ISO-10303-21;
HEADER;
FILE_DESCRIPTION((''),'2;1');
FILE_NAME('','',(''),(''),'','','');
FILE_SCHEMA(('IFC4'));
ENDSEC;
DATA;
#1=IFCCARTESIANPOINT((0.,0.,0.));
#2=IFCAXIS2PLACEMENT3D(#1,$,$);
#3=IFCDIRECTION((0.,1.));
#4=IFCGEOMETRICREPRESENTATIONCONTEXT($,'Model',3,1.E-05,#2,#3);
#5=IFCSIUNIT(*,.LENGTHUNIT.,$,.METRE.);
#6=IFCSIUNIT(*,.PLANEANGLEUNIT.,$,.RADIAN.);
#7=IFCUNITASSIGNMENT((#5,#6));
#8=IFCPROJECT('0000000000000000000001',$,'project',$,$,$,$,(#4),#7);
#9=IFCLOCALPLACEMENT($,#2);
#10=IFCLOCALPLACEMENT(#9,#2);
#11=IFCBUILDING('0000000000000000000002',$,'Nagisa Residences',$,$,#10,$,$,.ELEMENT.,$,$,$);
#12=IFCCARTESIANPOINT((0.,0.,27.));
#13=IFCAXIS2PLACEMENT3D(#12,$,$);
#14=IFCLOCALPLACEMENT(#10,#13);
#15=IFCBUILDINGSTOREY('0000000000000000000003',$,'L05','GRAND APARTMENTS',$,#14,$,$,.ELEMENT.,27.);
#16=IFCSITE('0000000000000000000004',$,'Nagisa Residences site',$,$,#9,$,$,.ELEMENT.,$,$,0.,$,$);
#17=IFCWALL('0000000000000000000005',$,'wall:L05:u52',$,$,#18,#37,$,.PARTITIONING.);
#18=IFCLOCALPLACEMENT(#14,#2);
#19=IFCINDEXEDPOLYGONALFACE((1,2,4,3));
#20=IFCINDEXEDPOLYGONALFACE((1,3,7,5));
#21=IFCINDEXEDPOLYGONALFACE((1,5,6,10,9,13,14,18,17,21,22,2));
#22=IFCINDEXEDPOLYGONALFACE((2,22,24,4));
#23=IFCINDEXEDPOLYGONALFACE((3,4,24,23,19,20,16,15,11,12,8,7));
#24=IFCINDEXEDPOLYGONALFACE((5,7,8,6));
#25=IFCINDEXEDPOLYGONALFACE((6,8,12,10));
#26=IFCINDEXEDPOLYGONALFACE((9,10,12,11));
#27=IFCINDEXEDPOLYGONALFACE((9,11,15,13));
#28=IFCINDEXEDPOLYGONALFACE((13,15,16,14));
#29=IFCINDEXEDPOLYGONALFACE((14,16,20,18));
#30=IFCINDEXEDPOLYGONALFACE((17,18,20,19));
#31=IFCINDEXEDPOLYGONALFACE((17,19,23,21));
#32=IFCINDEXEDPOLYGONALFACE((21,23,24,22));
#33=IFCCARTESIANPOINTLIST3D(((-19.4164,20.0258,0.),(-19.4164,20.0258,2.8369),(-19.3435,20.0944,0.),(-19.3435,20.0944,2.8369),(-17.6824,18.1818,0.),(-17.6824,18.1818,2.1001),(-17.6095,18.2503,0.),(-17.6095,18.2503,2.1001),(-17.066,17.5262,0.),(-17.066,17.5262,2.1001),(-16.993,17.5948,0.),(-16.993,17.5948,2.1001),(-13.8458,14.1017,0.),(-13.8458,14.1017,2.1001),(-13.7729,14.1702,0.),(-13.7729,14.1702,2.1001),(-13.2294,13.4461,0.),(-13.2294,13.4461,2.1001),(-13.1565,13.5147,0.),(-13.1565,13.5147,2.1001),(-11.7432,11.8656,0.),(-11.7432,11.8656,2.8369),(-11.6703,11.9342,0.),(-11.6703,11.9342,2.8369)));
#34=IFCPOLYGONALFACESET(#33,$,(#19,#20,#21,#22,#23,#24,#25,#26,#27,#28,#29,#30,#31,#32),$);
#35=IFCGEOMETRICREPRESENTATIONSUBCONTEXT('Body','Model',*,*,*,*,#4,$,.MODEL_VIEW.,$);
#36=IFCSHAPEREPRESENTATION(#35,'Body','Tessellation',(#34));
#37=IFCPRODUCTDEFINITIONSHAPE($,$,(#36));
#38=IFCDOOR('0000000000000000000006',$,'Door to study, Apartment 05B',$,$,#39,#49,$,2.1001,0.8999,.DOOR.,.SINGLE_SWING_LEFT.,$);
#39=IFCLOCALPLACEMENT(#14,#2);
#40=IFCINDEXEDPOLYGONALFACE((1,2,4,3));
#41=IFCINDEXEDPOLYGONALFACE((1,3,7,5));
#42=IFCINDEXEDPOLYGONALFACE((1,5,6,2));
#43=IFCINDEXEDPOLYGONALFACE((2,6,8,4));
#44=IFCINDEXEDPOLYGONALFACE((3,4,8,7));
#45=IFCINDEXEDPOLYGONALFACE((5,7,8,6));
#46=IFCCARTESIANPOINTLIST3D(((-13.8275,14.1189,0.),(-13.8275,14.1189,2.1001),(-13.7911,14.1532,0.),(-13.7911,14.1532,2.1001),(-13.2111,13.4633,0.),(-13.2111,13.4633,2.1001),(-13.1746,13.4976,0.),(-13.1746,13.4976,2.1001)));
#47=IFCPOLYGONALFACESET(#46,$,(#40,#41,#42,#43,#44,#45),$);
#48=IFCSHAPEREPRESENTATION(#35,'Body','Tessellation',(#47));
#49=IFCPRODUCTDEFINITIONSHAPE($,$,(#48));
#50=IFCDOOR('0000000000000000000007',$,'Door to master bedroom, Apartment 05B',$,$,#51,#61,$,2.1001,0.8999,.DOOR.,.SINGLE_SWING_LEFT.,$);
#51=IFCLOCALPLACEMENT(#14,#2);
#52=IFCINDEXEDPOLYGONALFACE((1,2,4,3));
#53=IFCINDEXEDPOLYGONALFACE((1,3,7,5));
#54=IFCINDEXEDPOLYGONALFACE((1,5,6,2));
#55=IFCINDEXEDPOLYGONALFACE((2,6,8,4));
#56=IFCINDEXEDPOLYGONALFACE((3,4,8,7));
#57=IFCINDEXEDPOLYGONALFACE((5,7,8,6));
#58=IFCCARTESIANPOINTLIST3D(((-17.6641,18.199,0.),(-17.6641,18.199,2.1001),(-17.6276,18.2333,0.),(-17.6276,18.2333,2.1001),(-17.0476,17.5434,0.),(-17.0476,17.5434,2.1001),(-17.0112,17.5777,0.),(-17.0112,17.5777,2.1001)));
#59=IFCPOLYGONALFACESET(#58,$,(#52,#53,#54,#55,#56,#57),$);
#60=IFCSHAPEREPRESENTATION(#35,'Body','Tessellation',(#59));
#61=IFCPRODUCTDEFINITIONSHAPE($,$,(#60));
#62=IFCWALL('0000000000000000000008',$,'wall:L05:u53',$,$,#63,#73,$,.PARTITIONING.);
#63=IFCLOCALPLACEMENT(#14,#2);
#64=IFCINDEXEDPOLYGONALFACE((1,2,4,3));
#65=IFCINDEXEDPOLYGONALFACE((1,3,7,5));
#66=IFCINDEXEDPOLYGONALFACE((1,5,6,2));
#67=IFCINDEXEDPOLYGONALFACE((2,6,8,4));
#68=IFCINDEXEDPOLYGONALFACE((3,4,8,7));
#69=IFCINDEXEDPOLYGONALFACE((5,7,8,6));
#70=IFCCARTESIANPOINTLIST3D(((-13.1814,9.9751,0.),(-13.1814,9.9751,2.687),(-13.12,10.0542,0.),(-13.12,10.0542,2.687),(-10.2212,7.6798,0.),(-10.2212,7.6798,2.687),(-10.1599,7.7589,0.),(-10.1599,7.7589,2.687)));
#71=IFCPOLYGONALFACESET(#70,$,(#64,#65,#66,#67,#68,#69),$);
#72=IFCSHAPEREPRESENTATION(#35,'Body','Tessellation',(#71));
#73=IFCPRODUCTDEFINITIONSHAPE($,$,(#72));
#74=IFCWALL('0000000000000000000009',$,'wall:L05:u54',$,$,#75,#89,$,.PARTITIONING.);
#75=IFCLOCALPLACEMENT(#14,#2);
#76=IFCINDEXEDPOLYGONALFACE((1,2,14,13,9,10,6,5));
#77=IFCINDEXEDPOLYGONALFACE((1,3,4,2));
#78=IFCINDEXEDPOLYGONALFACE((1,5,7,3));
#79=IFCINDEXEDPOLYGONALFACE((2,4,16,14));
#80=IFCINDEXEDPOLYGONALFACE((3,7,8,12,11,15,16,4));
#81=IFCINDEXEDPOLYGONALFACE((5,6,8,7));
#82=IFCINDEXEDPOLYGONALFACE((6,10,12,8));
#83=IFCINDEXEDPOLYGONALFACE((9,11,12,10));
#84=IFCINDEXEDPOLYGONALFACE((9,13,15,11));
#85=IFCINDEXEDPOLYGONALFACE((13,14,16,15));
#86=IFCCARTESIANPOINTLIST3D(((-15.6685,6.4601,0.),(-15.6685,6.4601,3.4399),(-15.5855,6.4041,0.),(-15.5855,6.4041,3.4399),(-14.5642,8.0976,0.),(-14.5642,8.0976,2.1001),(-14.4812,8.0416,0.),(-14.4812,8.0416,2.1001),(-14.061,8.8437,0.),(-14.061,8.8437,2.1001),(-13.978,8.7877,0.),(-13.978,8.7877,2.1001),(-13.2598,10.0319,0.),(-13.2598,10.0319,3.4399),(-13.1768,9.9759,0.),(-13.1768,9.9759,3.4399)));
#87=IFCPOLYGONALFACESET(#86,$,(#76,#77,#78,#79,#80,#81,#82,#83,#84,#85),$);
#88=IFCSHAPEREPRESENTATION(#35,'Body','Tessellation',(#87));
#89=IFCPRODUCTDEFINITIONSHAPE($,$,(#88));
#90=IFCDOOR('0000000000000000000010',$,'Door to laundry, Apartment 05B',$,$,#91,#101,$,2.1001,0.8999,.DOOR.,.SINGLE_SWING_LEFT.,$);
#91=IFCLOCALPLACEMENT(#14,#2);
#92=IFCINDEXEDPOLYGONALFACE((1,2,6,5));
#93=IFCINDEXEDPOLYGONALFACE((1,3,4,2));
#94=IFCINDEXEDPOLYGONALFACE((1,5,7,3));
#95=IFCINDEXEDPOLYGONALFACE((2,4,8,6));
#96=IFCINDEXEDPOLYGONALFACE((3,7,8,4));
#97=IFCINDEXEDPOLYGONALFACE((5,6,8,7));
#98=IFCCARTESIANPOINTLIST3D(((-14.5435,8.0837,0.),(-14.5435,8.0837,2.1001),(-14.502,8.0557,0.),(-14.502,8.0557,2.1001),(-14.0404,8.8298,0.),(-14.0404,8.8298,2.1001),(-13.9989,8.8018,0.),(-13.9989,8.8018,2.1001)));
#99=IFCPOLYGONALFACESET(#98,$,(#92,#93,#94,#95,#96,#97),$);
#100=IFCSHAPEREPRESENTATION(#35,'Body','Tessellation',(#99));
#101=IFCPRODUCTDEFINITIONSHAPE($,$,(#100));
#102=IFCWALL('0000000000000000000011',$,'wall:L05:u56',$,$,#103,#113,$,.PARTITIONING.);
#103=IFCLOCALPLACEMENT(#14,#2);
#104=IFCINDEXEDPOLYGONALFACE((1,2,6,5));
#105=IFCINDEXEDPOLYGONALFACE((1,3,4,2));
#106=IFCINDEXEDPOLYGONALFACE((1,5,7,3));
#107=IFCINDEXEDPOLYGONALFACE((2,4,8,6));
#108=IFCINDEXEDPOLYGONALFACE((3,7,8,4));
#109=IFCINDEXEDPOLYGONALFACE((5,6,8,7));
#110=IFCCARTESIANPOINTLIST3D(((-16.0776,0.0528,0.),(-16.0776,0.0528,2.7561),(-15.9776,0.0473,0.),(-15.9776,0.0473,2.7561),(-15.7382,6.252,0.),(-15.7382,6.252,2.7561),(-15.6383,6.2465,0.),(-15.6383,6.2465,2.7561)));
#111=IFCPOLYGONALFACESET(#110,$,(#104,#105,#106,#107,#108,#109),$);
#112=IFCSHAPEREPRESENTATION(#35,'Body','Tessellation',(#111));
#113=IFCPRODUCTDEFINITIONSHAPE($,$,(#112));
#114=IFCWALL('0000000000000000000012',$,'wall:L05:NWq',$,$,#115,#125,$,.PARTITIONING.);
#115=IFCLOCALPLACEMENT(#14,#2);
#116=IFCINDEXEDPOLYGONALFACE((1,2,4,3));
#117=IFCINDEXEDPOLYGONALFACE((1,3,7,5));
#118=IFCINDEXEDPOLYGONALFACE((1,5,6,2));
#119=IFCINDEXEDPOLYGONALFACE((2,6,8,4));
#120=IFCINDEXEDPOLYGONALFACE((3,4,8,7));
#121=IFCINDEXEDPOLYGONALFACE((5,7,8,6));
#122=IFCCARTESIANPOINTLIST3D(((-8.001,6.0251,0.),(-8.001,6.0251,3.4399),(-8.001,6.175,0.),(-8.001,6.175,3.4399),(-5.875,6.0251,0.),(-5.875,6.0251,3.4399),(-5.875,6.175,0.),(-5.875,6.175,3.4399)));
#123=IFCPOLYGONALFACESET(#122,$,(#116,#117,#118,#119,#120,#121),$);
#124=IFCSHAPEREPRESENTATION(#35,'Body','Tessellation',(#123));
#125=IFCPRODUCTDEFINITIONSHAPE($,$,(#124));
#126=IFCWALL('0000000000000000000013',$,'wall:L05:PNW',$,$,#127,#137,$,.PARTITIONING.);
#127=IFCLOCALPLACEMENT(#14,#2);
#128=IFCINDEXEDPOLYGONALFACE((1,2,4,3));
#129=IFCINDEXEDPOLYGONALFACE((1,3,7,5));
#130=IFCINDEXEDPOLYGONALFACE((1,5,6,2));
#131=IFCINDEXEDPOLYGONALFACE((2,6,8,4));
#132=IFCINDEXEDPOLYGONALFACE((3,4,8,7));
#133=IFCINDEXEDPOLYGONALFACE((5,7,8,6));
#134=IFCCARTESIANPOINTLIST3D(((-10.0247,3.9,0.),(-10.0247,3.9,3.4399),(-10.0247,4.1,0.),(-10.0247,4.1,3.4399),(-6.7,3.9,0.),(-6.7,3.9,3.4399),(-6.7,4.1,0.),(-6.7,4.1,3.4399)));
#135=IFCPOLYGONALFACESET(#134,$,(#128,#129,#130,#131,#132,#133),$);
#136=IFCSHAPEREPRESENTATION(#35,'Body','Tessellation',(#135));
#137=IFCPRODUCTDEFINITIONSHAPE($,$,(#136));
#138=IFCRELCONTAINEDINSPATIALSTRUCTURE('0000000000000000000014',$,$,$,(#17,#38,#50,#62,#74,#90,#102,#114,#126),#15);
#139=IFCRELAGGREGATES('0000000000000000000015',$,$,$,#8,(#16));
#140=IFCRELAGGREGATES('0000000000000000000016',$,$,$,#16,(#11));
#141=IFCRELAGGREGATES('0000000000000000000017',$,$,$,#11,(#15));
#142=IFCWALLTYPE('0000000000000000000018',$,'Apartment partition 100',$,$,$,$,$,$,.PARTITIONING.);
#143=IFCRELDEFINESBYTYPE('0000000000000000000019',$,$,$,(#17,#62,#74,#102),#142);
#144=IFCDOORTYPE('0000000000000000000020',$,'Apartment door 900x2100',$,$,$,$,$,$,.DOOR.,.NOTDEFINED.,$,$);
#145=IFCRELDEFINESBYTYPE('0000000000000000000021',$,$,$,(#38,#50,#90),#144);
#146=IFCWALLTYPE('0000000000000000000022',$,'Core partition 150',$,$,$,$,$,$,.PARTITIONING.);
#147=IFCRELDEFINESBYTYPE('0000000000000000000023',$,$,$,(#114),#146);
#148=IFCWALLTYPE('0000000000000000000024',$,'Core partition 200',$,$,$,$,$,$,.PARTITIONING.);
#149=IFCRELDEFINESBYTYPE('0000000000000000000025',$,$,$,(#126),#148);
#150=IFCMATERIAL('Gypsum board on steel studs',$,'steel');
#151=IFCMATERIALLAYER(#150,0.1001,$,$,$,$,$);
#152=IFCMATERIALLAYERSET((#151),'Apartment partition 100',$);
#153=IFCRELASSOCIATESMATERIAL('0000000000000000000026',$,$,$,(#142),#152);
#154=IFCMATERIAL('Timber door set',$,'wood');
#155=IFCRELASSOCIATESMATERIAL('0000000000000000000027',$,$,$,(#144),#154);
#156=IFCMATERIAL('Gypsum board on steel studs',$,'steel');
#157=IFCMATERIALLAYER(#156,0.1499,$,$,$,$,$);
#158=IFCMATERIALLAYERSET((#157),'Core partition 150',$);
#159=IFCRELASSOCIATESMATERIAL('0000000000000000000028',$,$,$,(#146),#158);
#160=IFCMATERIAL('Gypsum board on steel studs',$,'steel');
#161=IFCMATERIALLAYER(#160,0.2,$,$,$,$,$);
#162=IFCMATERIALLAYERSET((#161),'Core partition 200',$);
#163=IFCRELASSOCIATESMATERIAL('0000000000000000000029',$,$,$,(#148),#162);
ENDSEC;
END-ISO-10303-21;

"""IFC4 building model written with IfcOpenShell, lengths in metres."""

from ifc_helpers import new_model, si_unit, direction, frame, frame_2d, origin, place, context, subcontext, project, spatial, rectangle, extrude, material, layer, layer_set, type_object, element, fill, save


model = new_model("IFC4")

# Units and contexts
model_context = context("Model", 3, precision=1e-05, world=origin(), true_north=direction((0.0, 1.0)))
body_context = subcontext(model_context, "Body", "Model", "MODEL_VIEW")
ifc_project = project(units=[si_unit("LENGTHUNIT", "METRE"), si_unit("PLANEANGLEUNIT", "RADIAN")], contexts=[model_context])

# Site, building, storey
site_placement = place(None, origin())
site = spatial("IfcSite", under=ifc_project, at=site_placement, Name="Nagisa Residences site", CompositionType="ELEMENT", RefElevation=0.0)
building_placement = place(site_placement, origin())
building = spatial("IfcBuilding", under=site, at=building_placement, Name="Nagisa Residences", CompositionType="ELEMENT")
storey_placement = place(building_placement, frame((0.0, 0.0, 27.0)))
storey = spatial("IfcBuildingStorey", under=building, at=storey_placement, Name="L05", Description="GRAND APARTMENTS", CompositionType="ELEMENT", Elevation=27.0)

# Shared definitions
ifc_material_1 = material(Name="Gypsum board on steel studs", Category="steel")
ifc_layer_1 = layer(ifc_material_1, 0.1001)
ifc_layer_set_1 = layer_set([ifc_layer_1], Name="Apartment partition 100")
wall_type_1 = type_object("IfcWallType", Name="Apartment partition 100", PredefinedType="PARTITIONING", material=ifc_layer_set_1)

# Wall, openings, doors
wall_1_placement = place(storey_placement, frame((-11.7068, 11.8999, 0.0), z_axis=(0.0, 0.0, 1.0), x_axis=(-0.685031, 0.728514, 0.0)))
wall_1 = element("IfcWall", 1, at=wall_1_placement, inside=storey, type_object=wall_type_1, Name="wall:L05:u52", PredefinedType="PARTITIONING", context=body_context, shape_type="SweptSolid", body=[
    extrude(rectangle(XDim=11.2012, YDim=0.1001, at=frame_2d((5.6006, 0.0))), origin(), (0.0, 0.0, 1.0), 2.8369),
])
opening_1_placement = place(wall_1_placement, frame((2.1694, 0.0, 0.0)))
opening_1 = element("IfcOpeningElement", 2, at=opening_1_placement, cuts=wall_1, PredefinedType="OPENING", context=body_context, shape_type="SweptSolid", body=[
    extrude(rectangle(XDim=0.8999, YDim=2.1001, at=frame_2d((0.45, 1.05))), frame((0.0, 0.0601, 0.0), z_axis=(0.0, -1.0, 0.0), x_axis=(1.0, 0.0, 0.0)), (0.0, 0.0, 1.0), 0.1201),
])
opening_2_placement = place(wall_1_placement, frame((7.77, 0.0, 0.0)))
opening_2 = element("IfcOpeningElement", 3, at=opening_2_placement, cuts=wall_1, PredefinedType="OPENING", context=body_context, shape_type="SweptSolid", body=[
    extrude(rectangle(XDim=0.8999, YDim=2.1001, at=frame_2d((0.45, 1.05))), frame((0.0, 0.0601, 0.0), z_axis=(0.0, -1.0, 0.0), x_axis=(1.0, 0.0, 0.0)), (0.0, 0.0, 1.0), 0.1201),
])
ifc_material_2 = material(Name="Timber door set", Category="wood")
door_type_1 = type_object("IfcDoorType", Name="Apartment door 900x2100", OperationType="NOTDEFINED", PredefinedType="DOOR", material=ifc_material_2)
door_1_placement = place(opening_1_placement, origin())
door_1 = element("IfcDoor", 4, at=door_1_placement, inside=storey, type_object=door_type_1, Name="Door to study, Apartment 05B", OperationType="SINGLE_SWING_LEFT", OverallHeight=2.1001, OverallWidth=0.8999, PredefinedType="DOOR", context=body_context, shape_type="SweptSolid", body=[
    extrude(rectangle(XDim=0.8999, YDim=2.1001, at=frame_2d((0.45, 1.05))), frame((0.0, 0.0249, 0.0), z_axis=(0.0, -1.0, 0.0), x_axis=(1.0, 0.0, 0.0)), (0.0, 0.0, 1.0), 0.05),
])
fill(opening_1, door_1)
door_2_placement = place(opening_2_placement, origin())
door_2 = element("IfcDoor", 5, at=door_2_placement, inside=storey, type_object=door_type_1, Name="Door to master bedroom, Apartment 05B", OperationType="SINGLE_SWING_LEFT", OverallHeight=2.1001, OverallWidth=0.8999, PredefinedType="DOOR", context=body_context, shape_type="SweptSolid", body=[
    extrude(rectangle(XDim=0.8999, YDim=2.1001, at=frame_2d((0.45, 1.05))), frame((0.0, 0.0249, 0.0), z_axis=(0.0, -1.0, 0.0), x_axis=(1.0, 0.0, 0.0)), (0.0, 0.0, 1.0), 0.05),
])
fill(opening_2, door_2)

# Wall
wall_2_placement = place(storey_placement, frame((-10.1904, 7.7192, 0.0), z_axis=(0.0, 0.0, 1.0), x_axis=(-0.790253, 0.61278, 0.0)))
element("IfcWall", 6, at=wall_2_placement, inside=storey, type_object=wall_type_1, Name="wall:L05:u53", PredefinedType="PARTITIONING", context=body_context, shape_type="SweptSolid", body=[
    extrude(rectangle(XDim=3.7458, YDim=0.1001, at=frame_2d((1.873, 0.0))), origin(), (0.0, 0.0, 1.0), 2.687),
])

# Wall, opening, door
wall_3_placement = place(storey_placement, frame((-13.2183, 10.0039, 0.0), z_axis=(0.0, 0.0, 1.0), x_axis=(-0.559113, -0.829092, 0.0)))
wall_3 = element("IfcWall", 7, at=wall_3_placement, inside=storey, type_object=wall_type_1, Name="wall:L05:u54", PredefinedType="PARTITIONING", context=body_context, shape_type="SweptSolid", body=[
    extrude(rectangle(XDim=4.3081, YDim=0.1001, at=frame_2d((2.1541, 0.0))), origin(), (0.0, 0.0, 1.0), 3.4399),
])
opening_3_placement = place(wall_3_placement, frame((1.4331, 0.0, 0.0)))
opening_3 = element("IfcOpeningElement", 8, at=opening_3_placement, cuts=wall_3, PredefinedType="OPENING", context=body_context, shape_type="SweptSolid", body=[
    extrude(rectangle(XDim=0.8999, YDim=2.1001, at=frame_2d((0.45, 1.05))), frame((0.0, 0.0601, 0.0), z_axis=(0.0, -1.0, 0.0), x_axis=(1.0, 0.0, 0.0)), (0.0, 0.0, 1.0), 0.1201),
])
door_3_placement = place(opening_3_placement, origin())
door_3 = element("IfcDoor", 9, at=door_3_placement, inside=storey, type_object=door_type_1, Name="Door to laundry, Apartment 05B", OperationType="SINGLE_SWING_LEFT", OverallHeight=2.1001, OverallWidth=0.8999, PredefinedType="DOOR", context=body_context, shape_type="SweptSolid", body=[
    extrude(rectangle(XDim=0.8999, YDim=2.1001, at=frame_2d((0.45, 1.05))), frame((0.0, 0.0249, 0.0), z_axis=(0.0, -1.0, 0.0), x_axis=(1.0, 0.0, 0.0)), (0.0, 0.0, 1.0), 0.05),
])
fill(opening_3, door_3)

# Walls
wall_4_placement = place(storey_placement, frame((-15.6882, 6.2493, 0.0), z_axis=(0.0, 0.0, 1.0), x_axis=(-0.05466, -0.998505, 0.0)))
element("IfcWall", 10, at=wall_4_placement, inside=storey, type_object=wall_type_1, Name="wall:L05:u56", PredefinedType="PARTITIONING", context=body_context, shape_type="SweptSolid", body=[
    extrude(rectangle(XDim=6.2085, YDim=0.1001, at=frame_2d((3.1042, 0.0))), origin(), (0.0, 0.0, 1.0), 2.7561),
])
ifc_material_3 = material(Name="Gypsum board on steel studs", Category="steel")
ifc_layer_2 = layer(ifc_material_3, 0.1499)
ifc_layer_set_2 = layer_set([ifc_layer_2], Name="Core partition 150")
wall_type_2 = type_object("IfcWallType", Name="Core partition 150", PredefinedType="PARTITIONING", material=ifc_layer_set_2)
wall_5_placement = place(storey_placement, frame((-8.001, 6.1001, 0.0), z_axis=(0.0, 0.0, 1.0), x_axis=(1.0, 0.0, 0.0)))
element("IfcWall", 11, at=wall_5_placement, inside=storey, type_object=wall_type_2, Name="wall:L05:NWq", PredefinedType="PARTITIONING", context=body_context, shape_type="SweptSolid", body=[
    extrude(rectangle(XDim=2.126, YDim=0.1499, at=frame_2d((1.063, 0.0))), origin(), (0.0, 0.0, 1.0), 3.4399),
])
ifc_material_4 = material(Name="Gypsum board on steel studs", Category="steel")
ifc_layer_3 = layer(ifc_material_4, 0.2)
ifc_layer_set_3 = layer_set([ifc_layer_3], Name="Core partition 200")
wall_type_3 = type_object("IfcWallType", Name="Core partition 200", PredefinedType="PARTITIONING", material=ifc_layer_set_3)
wall_6_placement = place(storey_placement, frame((-10.0247, 4.0, 0.0), z_axis=(0.0, 0.0, 1.0), x_axis=(1.0, 0.0, 0.0)))
element("IfcWall", 12, at=wall_6_placement, inside=storey, type_object=wall_type_3, Name="wall:L05:PNW", PredefinedType="PARTITIONING", context=body_context, shape_type="SweptSolid", body=[
    extrude(rectangle(XDim=3.3247, YDim=0.2, at=frame_2d((1.6624, 0.0))), origin(), (0.0, 0.0, 1.0), 3.4399),
])

save(model, "model.ifc")
